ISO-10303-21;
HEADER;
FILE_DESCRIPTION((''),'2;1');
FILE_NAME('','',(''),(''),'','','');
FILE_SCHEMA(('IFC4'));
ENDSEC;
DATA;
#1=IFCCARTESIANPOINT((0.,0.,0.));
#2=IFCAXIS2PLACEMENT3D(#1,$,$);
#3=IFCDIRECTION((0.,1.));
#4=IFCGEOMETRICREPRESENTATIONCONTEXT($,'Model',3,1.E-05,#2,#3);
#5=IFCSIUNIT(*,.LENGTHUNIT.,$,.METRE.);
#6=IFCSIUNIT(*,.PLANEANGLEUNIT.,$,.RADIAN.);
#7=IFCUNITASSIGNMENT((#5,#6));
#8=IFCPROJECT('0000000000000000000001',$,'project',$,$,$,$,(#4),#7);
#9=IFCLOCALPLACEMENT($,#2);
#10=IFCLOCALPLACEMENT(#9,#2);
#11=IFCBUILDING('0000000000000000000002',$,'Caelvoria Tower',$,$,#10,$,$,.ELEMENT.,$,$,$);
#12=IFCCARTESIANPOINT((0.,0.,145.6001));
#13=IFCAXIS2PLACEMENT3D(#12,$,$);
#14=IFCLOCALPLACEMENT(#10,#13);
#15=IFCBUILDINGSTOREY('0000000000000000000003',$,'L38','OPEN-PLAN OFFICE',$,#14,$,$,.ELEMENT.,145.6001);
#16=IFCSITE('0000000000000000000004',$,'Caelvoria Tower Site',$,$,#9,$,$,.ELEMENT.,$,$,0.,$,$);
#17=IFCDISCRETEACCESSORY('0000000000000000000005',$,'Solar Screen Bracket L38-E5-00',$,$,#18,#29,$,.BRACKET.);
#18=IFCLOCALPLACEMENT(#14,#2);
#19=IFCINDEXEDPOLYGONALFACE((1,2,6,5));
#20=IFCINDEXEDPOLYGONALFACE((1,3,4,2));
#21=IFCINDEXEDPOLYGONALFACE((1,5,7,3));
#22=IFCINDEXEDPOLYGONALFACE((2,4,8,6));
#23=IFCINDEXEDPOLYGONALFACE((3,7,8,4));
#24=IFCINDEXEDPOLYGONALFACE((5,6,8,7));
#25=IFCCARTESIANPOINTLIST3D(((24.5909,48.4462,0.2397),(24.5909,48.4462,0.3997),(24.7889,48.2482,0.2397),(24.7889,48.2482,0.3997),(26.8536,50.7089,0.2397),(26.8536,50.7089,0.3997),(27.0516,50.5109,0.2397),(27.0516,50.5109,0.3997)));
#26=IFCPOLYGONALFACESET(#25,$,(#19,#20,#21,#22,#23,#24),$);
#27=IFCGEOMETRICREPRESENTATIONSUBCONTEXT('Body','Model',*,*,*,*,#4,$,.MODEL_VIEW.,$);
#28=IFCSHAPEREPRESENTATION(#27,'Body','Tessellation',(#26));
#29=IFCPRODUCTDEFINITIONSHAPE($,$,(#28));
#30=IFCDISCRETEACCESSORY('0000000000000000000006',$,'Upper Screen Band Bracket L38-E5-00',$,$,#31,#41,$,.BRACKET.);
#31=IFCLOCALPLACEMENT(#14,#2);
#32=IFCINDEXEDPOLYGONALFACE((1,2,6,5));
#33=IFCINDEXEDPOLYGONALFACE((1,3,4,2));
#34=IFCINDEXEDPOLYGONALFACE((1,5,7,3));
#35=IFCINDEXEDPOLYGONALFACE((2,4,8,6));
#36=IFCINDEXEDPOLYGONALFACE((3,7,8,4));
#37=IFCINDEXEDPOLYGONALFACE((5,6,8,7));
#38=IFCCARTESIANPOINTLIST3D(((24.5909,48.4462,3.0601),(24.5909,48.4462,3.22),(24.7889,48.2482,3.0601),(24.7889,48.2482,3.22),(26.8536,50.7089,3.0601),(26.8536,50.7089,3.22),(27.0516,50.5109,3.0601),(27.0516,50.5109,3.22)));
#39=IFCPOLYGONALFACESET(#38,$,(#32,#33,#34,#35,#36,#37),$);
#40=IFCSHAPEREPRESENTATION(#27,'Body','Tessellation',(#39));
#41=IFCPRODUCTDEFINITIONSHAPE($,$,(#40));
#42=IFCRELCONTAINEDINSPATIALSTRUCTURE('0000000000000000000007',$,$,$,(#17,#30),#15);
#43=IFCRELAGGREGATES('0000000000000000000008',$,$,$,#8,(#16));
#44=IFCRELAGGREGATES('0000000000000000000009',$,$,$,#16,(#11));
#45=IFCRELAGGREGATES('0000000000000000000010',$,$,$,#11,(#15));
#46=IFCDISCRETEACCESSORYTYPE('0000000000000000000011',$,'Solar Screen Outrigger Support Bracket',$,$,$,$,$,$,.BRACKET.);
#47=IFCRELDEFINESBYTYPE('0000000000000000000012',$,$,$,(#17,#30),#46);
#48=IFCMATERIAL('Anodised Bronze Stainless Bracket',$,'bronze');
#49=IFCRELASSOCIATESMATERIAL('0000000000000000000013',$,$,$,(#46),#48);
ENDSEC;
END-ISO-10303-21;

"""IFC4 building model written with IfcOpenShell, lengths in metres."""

from ifc_helpers import new_model, si_unit, direction, frame, origin, origin_2d, place, context, subcontext, project, spatial, rectangle, extrude, material, type_object, element, save


model = new_model("IFC4")

# Units and contexts
model_context = context("Model", 3, precision=1e-05, world=origin(), true_north=direction((0.0, 1.0)))
body_context = subcontext(model_context, "Body", "Model", "MODEL_VIEW")
ifc_project = project(units=[si_unit("LENGTHUNIT", "METRE"), si_unit("PLANEANGLEUNIT", "RADIAN")], contexts=[model_context])

# Site, building, storey
site_placement = place(None, origin())
site = spatial("IfcSite", under=ifc_project, at=site_placement, Name="Caelvoria Tower Site", CompositionType="ELEMENT", RefElevation=0.0)
building_placement = place(site_placement, origin())
building = spatial("IfcBuilding", under=site, at=building_placement, Name="Caelvoria Tower", CompositionType="ELEMENT")
storey_placement = place(building_placement, frame((0.0, 0.0, 145.6001)))
storey = spatial("IfcBuildingStorey", under=building, at=storey_placement, Name="L38", Description="OPEN-PLAN OFFICE", CompositionType="ELEMENT", Elevation=145.6001)

# Discrete accessories
ifc_material_1 = material(Name="Anodised Bronze Stainless Bracket", Category="bronze")
discrete_accessory_type = type_object("IfcDiscreteAccessoryType", Name="Solar Screen Outrigger Support Bracket", PredefinedType="BRACKET", material=ifc_material_1)
for number, where, z_axis, x_axis, name in (
    (1, (25.8213, 49.4785, 0.2397), (0.0, 0.0, 1.0), (-0.707107, -0.707107, 0.0), "Solar Screen Bracket L38-E5-00"),
    (2, (25.8213, 49.4785, 3.0601), (0.0, 0.0, 1.0), (-0.707107, -0.707107, 0.0), "Upper Screen Band Bracket L38-E5-00"),
):
    element("IfcDiscreteAccessory", number, at=place(storey_placement, frame(where, z_axis=z_axis, x_axis=x_axis)), inside=storey, type_object=discrete_accessory_type, Name=name, PredefinedType="BRACKET", context=body_context, shape_type="SweptSolid", body=[
        extrude(rectangle(XDim=3.2, YDim=0.28, at=origin_2d()), origin(), (0.0, 0.0, 1.0), 0.1599),
    ])

save(model, "model.ifc")
